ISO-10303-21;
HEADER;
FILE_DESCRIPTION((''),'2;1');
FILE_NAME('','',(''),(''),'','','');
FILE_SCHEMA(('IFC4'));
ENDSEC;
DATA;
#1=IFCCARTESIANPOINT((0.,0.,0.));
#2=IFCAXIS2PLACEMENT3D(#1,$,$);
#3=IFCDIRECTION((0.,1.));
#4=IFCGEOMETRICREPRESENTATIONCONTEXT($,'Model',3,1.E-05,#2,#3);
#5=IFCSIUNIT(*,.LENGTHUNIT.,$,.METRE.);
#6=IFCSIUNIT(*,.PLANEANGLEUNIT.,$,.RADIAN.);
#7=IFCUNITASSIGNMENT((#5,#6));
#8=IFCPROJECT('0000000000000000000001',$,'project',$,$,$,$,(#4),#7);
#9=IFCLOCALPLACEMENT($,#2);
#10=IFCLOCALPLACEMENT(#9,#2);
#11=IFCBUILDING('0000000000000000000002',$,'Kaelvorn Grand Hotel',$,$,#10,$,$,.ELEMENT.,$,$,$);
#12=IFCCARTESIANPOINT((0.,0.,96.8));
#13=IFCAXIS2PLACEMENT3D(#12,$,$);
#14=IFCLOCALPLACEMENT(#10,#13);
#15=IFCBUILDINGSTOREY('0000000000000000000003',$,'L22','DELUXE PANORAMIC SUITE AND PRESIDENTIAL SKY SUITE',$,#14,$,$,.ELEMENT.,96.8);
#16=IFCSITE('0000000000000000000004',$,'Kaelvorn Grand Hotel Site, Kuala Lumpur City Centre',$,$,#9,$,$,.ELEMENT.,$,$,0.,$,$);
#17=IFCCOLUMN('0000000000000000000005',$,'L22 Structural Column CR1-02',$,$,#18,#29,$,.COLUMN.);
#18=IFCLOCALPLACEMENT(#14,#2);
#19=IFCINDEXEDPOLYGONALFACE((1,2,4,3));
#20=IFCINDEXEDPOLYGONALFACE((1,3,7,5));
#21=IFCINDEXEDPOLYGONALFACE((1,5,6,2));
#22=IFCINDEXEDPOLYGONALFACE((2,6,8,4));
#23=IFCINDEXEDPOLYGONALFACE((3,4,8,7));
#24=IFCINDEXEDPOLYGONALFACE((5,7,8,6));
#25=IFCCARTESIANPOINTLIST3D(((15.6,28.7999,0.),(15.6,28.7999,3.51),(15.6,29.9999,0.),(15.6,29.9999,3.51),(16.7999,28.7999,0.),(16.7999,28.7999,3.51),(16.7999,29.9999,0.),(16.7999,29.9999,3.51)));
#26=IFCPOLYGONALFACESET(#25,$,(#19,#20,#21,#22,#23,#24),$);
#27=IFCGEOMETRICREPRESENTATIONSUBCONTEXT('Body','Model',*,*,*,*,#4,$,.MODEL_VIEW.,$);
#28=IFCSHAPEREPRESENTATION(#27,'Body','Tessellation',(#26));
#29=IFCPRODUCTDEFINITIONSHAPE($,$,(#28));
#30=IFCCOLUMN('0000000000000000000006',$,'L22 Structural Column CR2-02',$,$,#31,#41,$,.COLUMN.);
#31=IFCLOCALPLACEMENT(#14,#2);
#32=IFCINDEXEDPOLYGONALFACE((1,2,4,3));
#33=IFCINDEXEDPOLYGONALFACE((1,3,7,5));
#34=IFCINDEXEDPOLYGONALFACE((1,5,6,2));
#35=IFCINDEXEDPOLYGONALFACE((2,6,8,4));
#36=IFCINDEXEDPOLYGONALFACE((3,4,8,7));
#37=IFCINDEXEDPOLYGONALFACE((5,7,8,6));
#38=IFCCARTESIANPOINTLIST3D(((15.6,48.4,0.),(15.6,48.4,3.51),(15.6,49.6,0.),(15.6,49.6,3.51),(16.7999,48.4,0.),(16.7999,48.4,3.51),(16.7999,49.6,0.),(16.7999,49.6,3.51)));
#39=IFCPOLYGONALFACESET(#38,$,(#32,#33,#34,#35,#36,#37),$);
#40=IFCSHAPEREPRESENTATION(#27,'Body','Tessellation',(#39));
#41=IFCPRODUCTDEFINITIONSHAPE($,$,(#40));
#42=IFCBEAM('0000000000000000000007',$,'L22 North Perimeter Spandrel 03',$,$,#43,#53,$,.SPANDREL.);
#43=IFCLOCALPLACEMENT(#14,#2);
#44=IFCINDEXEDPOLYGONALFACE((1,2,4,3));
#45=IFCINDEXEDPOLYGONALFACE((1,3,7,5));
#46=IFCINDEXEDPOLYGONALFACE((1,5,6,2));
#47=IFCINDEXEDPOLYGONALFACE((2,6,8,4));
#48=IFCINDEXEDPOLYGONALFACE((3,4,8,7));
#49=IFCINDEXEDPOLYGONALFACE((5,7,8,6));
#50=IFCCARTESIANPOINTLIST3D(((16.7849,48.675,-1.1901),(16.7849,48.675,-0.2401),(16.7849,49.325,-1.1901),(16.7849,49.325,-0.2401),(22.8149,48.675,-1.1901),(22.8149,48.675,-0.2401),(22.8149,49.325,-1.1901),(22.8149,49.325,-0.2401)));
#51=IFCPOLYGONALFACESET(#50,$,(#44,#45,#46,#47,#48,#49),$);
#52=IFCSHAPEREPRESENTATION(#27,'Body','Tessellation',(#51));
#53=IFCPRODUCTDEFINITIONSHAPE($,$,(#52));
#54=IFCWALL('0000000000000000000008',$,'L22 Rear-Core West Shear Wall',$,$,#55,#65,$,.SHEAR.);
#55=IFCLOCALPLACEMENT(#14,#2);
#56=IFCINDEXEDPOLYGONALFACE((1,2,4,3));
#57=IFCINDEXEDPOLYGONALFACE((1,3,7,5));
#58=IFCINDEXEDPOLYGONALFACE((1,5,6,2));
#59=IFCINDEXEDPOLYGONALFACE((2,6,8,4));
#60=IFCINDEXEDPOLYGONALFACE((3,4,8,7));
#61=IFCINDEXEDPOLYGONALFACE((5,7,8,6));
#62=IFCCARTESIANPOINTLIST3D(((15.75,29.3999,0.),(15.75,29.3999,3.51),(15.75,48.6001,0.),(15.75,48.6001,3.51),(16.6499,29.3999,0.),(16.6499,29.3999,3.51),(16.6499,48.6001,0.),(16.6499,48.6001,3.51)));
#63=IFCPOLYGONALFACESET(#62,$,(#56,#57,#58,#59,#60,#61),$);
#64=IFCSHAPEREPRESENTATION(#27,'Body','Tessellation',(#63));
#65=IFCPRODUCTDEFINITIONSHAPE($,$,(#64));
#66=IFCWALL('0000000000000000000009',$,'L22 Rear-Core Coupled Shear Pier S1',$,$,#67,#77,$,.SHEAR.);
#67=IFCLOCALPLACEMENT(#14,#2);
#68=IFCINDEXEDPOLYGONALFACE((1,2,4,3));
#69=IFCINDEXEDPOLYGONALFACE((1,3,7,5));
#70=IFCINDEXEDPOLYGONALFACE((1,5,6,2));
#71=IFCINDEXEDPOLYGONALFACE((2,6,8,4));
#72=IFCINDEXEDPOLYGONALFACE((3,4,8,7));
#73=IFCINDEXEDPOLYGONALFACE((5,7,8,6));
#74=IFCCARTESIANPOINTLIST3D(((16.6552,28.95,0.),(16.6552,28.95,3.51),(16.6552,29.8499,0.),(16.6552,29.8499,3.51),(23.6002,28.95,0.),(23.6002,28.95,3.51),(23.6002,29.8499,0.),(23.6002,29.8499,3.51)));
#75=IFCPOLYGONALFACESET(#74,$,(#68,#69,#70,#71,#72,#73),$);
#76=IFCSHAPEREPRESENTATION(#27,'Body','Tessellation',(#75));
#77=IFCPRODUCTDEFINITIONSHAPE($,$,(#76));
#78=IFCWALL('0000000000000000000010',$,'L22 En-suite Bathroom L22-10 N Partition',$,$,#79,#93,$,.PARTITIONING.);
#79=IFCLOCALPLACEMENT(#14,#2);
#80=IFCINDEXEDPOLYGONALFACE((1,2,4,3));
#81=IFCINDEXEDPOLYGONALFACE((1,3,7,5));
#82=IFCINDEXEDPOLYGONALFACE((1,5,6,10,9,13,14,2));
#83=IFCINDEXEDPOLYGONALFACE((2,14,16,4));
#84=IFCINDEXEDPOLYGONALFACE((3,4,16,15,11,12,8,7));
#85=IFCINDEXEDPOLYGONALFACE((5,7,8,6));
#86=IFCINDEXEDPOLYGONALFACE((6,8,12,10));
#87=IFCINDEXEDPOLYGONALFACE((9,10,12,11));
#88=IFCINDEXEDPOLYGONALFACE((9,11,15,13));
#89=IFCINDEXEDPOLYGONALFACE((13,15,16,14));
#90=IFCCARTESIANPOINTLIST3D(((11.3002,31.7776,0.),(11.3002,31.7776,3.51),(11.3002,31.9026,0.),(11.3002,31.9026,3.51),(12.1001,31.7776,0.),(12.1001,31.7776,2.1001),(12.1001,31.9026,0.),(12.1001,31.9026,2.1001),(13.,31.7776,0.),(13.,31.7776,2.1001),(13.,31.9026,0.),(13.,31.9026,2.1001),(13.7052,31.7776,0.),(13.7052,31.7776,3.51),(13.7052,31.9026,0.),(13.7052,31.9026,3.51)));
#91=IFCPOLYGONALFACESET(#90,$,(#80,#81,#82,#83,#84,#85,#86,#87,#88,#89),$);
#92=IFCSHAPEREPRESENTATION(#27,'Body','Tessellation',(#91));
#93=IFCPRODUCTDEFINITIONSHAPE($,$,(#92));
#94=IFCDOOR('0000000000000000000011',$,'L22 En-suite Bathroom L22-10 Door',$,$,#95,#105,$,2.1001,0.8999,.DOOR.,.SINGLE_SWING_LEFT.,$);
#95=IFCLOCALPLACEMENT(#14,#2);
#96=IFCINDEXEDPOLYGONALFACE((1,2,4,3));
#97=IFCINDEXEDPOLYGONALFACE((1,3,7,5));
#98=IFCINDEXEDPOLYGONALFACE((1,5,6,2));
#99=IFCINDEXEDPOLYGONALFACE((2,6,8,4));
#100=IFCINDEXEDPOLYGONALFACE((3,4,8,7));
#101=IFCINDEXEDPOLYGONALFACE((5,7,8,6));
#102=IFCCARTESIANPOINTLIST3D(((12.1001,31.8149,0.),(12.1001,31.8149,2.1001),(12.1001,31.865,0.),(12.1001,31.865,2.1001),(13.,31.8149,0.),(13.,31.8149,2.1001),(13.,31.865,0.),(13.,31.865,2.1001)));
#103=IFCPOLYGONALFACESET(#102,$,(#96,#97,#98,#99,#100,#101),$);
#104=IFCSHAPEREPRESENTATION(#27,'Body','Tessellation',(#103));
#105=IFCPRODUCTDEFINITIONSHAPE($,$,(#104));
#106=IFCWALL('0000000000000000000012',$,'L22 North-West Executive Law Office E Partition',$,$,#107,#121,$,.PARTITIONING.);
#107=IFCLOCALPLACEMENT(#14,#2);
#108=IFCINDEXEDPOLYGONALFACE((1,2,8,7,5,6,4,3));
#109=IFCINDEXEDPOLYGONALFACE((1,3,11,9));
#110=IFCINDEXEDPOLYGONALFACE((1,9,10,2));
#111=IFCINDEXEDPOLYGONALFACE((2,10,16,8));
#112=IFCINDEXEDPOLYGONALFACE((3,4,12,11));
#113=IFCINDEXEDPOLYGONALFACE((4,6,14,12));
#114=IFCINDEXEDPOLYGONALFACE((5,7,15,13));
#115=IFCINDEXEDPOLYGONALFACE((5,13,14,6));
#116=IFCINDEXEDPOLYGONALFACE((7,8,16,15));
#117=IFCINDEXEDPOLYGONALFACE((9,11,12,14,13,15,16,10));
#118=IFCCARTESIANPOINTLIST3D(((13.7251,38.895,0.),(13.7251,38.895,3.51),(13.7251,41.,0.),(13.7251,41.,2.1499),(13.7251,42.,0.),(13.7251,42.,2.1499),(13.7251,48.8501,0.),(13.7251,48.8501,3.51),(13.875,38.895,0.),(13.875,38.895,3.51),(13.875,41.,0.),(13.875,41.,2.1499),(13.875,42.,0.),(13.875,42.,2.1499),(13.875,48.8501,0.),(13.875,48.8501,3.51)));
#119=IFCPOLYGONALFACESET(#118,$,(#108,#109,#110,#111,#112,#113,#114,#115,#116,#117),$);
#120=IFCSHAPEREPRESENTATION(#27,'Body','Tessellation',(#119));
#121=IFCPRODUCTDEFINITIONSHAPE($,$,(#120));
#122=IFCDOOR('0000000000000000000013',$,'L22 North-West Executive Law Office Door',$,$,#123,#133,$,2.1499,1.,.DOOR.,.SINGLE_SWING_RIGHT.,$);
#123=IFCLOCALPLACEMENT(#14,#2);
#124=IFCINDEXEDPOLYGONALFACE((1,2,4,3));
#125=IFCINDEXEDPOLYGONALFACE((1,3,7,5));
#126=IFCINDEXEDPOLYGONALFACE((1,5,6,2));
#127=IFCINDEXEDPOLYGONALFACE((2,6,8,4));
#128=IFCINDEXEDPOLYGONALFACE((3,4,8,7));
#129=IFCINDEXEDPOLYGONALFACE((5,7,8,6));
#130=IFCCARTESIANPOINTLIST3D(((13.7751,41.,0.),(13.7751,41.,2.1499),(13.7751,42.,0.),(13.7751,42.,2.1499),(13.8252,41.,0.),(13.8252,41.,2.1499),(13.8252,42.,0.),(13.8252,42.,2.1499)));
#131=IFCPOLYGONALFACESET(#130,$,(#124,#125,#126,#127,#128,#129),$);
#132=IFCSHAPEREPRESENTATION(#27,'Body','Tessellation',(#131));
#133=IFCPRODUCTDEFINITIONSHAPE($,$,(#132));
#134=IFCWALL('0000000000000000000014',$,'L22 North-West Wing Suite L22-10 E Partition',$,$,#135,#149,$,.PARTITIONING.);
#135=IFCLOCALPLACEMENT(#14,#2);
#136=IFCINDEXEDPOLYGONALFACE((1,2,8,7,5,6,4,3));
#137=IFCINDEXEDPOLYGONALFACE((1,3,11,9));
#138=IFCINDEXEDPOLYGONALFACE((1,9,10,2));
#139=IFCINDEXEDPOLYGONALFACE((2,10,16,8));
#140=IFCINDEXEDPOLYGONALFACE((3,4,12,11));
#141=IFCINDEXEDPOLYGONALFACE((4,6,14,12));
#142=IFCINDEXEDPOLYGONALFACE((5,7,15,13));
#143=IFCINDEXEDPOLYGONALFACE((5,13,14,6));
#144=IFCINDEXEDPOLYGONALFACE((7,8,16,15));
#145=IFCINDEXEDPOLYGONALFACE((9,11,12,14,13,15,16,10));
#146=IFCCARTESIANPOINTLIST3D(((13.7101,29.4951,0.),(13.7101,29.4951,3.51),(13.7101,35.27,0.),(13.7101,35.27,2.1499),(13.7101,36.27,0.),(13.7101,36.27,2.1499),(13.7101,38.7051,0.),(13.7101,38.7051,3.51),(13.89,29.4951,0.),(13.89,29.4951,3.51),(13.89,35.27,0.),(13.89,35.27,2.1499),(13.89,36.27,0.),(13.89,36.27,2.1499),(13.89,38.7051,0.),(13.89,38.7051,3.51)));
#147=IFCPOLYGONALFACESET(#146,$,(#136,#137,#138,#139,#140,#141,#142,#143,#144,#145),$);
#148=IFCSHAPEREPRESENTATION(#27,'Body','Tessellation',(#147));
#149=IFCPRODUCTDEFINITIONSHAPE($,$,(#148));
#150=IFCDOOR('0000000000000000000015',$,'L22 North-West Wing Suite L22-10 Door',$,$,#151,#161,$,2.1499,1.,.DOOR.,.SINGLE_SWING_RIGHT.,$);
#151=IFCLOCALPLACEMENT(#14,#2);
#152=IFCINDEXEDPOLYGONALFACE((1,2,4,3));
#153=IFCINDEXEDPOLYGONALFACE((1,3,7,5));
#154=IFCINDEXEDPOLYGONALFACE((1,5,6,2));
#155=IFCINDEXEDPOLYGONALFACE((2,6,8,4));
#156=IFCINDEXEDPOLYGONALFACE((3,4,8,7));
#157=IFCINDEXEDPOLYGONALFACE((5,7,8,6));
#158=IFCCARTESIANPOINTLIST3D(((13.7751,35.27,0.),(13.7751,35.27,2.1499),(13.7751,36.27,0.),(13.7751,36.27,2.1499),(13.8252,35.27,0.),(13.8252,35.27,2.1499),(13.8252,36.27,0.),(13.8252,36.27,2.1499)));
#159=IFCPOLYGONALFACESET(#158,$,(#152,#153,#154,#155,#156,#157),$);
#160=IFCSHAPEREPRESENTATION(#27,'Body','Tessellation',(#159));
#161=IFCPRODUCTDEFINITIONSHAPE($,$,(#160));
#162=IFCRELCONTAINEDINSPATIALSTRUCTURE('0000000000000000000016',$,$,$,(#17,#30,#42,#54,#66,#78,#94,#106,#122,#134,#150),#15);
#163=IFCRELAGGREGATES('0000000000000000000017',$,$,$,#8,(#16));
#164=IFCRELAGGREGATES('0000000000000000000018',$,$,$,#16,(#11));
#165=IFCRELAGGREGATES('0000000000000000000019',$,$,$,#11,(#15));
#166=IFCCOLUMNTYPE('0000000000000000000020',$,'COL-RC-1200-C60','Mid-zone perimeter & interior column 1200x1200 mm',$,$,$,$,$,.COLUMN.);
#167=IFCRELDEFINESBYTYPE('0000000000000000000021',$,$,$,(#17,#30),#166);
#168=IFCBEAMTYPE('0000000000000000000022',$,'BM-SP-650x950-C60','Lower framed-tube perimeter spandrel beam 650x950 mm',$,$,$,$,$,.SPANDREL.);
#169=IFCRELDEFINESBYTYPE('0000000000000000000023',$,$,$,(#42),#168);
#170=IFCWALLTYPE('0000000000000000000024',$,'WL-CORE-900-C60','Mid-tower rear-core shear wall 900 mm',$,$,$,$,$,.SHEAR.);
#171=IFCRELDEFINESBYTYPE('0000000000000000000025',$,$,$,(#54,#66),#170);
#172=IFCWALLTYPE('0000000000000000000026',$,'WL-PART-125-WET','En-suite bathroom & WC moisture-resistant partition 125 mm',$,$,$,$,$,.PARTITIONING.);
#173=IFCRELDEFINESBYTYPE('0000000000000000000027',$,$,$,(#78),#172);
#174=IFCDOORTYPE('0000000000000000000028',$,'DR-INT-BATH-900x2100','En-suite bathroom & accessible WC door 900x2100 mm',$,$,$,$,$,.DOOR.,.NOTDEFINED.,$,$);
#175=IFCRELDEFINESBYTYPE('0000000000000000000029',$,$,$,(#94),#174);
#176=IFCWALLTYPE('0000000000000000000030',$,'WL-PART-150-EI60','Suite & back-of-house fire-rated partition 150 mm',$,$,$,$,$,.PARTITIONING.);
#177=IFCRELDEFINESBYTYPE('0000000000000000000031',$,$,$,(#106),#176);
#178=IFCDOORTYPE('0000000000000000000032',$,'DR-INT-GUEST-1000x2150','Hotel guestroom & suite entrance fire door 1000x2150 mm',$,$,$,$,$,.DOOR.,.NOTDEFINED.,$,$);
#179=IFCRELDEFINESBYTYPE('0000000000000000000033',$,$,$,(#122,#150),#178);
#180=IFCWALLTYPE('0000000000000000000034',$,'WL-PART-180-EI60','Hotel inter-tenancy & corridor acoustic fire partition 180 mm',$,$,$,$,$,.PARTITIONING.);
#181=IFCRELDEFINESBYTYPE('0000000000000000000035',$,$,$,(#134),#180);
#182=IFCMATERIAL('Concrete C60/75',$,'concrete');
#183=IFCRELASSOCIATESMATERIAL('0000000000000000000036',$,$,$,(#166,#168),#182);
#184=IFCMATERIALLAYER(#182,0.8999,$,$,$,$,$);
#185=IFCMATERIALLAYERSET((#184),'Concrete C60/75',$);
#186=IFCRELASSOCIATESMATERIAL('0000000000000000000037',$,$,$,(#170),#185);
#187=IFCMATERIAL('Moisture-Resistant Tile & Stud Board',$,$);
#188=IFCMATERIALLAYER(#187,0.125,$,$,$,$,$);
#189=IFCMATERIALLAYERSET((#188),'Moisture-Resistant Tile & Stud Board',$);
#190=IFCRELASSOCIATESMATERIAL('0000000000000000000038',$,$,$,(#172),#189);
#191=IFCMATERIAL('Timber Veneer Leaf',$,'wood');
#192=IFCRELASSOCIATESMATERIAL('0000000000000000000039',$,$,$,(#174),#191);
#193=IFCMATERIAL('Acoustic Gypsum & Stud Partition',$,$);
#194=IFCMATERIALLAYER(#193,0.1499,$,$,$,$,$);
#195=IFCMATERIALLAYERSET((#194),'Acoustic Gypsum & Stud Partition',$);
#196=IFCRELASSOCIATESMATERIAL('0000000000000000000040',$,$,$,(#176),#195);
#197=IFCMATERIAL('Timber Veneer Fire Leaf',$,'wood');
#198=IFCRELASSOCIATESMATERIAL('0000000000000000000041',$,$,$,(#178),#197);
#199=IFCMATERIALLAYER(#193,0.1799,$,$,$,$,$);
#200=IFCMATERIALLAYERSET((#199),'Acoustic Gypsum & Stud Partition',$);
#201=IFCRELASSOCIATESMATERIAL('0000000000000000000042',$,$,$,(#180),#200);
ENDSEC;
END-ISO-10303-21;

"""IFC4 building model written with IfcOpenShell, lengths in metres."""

from ifc_helpers import new_model, si_unit, direction, frame, frame_2d, origin, origin_2d, place, context, subcontext, project, spatial, rectangle, extrude, material, layer, layer_set, material_profile, profile_set, type_object, element, fill, save


model = new_model("IFC4")

# Units and contexts
model_context = context("Model", 3, precision=1e-05, world=origin(), true_north=direction((0.0, 1.0)))
body_context = subcontext(model_context, "Body", "Model", "MODEL_VIEW")
ifc_project = project(units=[si_unit("LENGTHUNIT", "METRE"), si_unit("PLANEANGLEUNIT", "RADIAN")], contexts=[model_context])

# Site, building, storey
site_placement = place(None, origin())
site = spatial("IfcSite", under=ifc_project, at=site_placement, Name="Kaelvorn Grand Hotel Site, Kuala Lumpur City Centre", CompositionType="ELEMENT", RefElevation=0.0)
building_placement = place(site_placement, origin())
building = spatial("IfcBuilding", under=site, at=building_placement, Name="Kaelvorn Grand Hotel", CompositionType="ELEMENT")
storey_placement = place(building_placement, frame((0.0, 0.0, 96.8)))
storey = spatial("IfcBuildingStorey", under=building, at=storey_placement, Name="L22", Description="DELUXE PANORAMIC SUITE AND PRESIDENTIAL SKY SUITE", CompositionType="ELEMENT", Elevation=96.8)

# Columns
ifc_material_1 = material(Name="Concrete C60/75", Category="concrete")
ifc_material_profile_1 = material_profile(ifc_material_1, rectangle(XDim=1.2, YDim=1.2, at=origin_2d()), Name="RC COL 1200x1200")
ifc_profile_set_1 = profile_set([ifc_material_profile_1], Name="Concrete C60/75")
column_type = type_object("IfcColumnType", Name="COL-RC-1200-C60", Description="Mid-zone perimeter & interior column 1200x1200 mm", PredefinedType="COLUMN", material=ifc_profile_set_1)
for number, where, z_axis, x_axis, name in (
    (1, (16.2, 29.3999, 0.0), (0.0, 0.0, 1.0), (1.0, 0.0, 0.0), "L22 Structural Column CR1-02"),
    (2, (16.2, 49.0, 0.0), (0.0, 0.0, 1.0), (1.0, 0.0, 0.0), "L22 Structural Column CR2-02"),
):
    element("IfcColumn", number, at=place(storey_placement, frame(where, z_axis=z_axis, x_axis=x_axis)), inside=storey, type_object=column_type, Name=name, PredefinedType="COLUMN", context=body_context, shape_type="SweptSolid", body=[
        extrude(rectangle(XDim=1.2, YDim=1.2, at=origin_2d()), origin(), (0.0, 0.0, 1.0), 3.51),
    ])

# Beam
ifc_material_profile_2 = material_profile(ifc_material_1, rectangle(XDim=0.6499, YDim=0.95, at=origin_2d()), Name="RC SPANDREL 650x950")
ifc_profile_set_2 = profile_set([ifc_material_profile_2], Name="Concrete C60/75")
beam_type = type_object("IfcBeamType", Name="BM-SP-650x950-C60", Description="Lower framed-tube perimeter spandrel beam 650x950 mm", PredefinedType="SPANDREL", material=ifc_profile_set_2)
beam_placement = place(storey_placement, frame((16.7849, 49.0, -0.7151), z_axis=(1.0, 0.0, 0.0), x_axis=(0.0, 1.0, 0.0)))
element("IfcBeam", 3, at=beam_placement, inside=storey, type_object=beam_type, Name="L22 North Perimeter Spandrel 03", PredefinedType="SPANDREL", context=body_context, shape_type="SweptSolid", body=[
    extrude(rectangle(XDim=0.6499, YDim=0.95, at=origin_2d()), origin(), (0.0, 0.0, 1.0), 6.03),
])

# Walls
ifc_layer_1 = layer(ifc_material_1, 0.8999)
ifc_layer_set_1 = layer_set([ifc_layer_1], Name="Concrete C60/75")
wall_type_1 = type_object("IfcWallType", Name="WL-CORE-900-C60", Description="Mid-tower rear-core shear wall 900 mm", PredefinedType="SHEAR", material=ifc_layer_set_1)
wall_1_placement = place(storey_placement, frame((16.2, 29.3999, 0.0), z_axis=(0.0, 0.0, 1.0), x_axis=(0.0, 1.0, 0.0)))
element("IfcWall", 4, at=wall_1_placement, inside=storey, type_object=wall_type_1, Name="L22 Rear-Core West Shear Wall", PredefinedType="SHEAR", context=body_context, shape_type="SweptSolid", body=[
    extrude(rectangle(XDim=19.2002, YDim=0.8999, at=frame_2d((9.6001, 0.0))), origin(), (0.0, 0.0, 1.0), 3.51),
])
wall_2_placement = place(storey_placement, frame((16.655, 29.3999, 0.0), z_axis=(0.0, 0.0, 1.0), x_axis=(1.0, 0.0, 0.0)))
element("IfcWall", 5, at=wall_2_placement, inside=storey, type_object=wall_type_1, Name="L22 Rear-Core Coupled Shear Pier S1", PredefinedType="SHEAR", context=body_context, shape_type="SweptSolid", body=[
    extrude(rectangle(XDim=6.9451, YDim=0.8999, at=frame_2d((3.4727, 0.0))), origin(), (0.0, 0.0, 1.0), 3.51),
])

# Walls, openings, doors
ifc_material_2 = material(Name="Moisture-Resistant Tile & Stud Board")
ifc_layer_2 = layer(ifc_material_2, 0.125)
ifc_layer_set_2 = layer_set([ifc_layer_2], Name="Moisture-Resistant Tile & Stud Board")
wall_type_2 = type_object("IfcWallType", Name="WL-PART-125-WET", Description="En-suite bathroom & WC moisture-resistant partition 125 mm", PredefinedType="PARTITIONING", material=ifc_layer_set_2)
wall_3_placement = place(storey_placement, frame((11.3, 31.8401, 0.0), z_axis=(0.0, 0.0, 1.0), x_axis=(1.0, 0.0, 0.0)))
wall_3 = element("IfcWall", 6, at=wall_3_placement, inside=storey, type_object=wall_type_2, Name="L22 En-suite Bathroom L22-10 N Partition", PredefinedType="PARTITIONING", context=body_context, shape_type="SweptSolid", body=[
    extrude(rectangle(XDim=2.405, YDim=0.125, at=frame_2d((1.2026, 0.0))), origin(), (0.0, 0.0, 1.0), 3.51),
])
opening_1_placement = place(wall_3_placement, frame((0.8, 0.0, 0.0)))
opening_1 = element("IfcOpeningElement", 7, at=opening_1_placement, cuts=wall_3, PredefinedType="OPENING", context=body_context, shape_type="SweptSolid", body=[
    extrude(rectangle(XDim=0.8999, YDim=2.1001, at=frame_2d((0.45, 1.05))), frame((0.0, 0.0725, 0.0), z_axis=(0.0, -1.0, 0.0), x_axis=(1.0, 0.0, 0.0)), (0.0, 0.0, 1.0), 0.145),
])
ifc_material_3 = material(Name="Timber Veneer Leaf", Category="wood")
door_type_1 = type_object("IfcDoorType", Name="DR-INT-BATH-900x2100", Description="En-suite bathroom & accessible WC door 900x2100 mm", OperationType="NOTDEFINED", PredefinedType="DOOR", material=ifc_material_3)
door_1_placement = place(opening_1_placement, origin())
door_1 = element("IfcDoor", 8, at=door_1_placement, inside=storey, type_object=door_type_1, Name="L22 En-suite Bathroom L22-10 Door", OperationType="SINGLE_SWING_LEFT", OverallHeight=2.1001, OverallWidth=0.8999, PredefinedType="DOOR", context=body_context, shape_type="SweptSolid", body=[
    extrude(rectangle(XDim=0.8999, YDim=2.1001, at=frame_2d((0.45, 1.05))), frame((0.0, 0.0249, 0.0), z_axis=(0.0, -1.0, 0.0), x_axis=(1.0, 0.0, 0.0)), (0.0, 0.0, 1.0), 0.05),
])
fill(opening_1, door_1)
ifc_material_4 = material(Name="Acoustic Gypsum & Stud Partition")
ifc_layer_3 = layer(ifc_material_4, 0.1499)
ifc_layer_set_3 = layer_set([ifc_layer_3], Name="Acoustic Gypsum & Stud Partition")
wall_type_3 = type_object("IfcWallType", Name="WL-PART-150-EI60", Description="Suite & back-of-house fire-rated partition 150 mm", PredefinedType="PARTITIONING", material=ifc_layer_set_3)
wall_4_placement = place(storey_placement, frame((13.8, 38.895, 0.0), z_axis=(0.0, 0.0, 1.0), x_axis=(0.0, 1.0, 0.0)))
wall_4 = element("IfcWall", 9, at=wall_4_placement, inside=storey, type_object=wall_type_3, Name="L22 North-West Executive Law Office E Partition", PredefinedType="PARTITIONING", context=body_context, shape_type="SweptSolid", body=[
    extrude(rectangle(XDim=9.9551, YDim=0.1499, at=frame_2d((4.9775, 0.0))), origin(), (0.0, 0.0, 1.0), 3.51),
])
opening_2_placement = place(wall_4_placement, frame((2.105, 0.0, 0.0)))
opening_2 = element("IfcOpeningElement", 10, at=opening_2_placement, cuts=wall_4, PredefinedType="OPENING", context=body_context, shape_type="SweptSolid", body=[
    extrude(rectangle(XDim=1.0, YDim=2.1499, at=frame_2d((0.5, 1.075))), frame((0.0, 0.085, 0.0), z_axis=(0.0, -1.0, 0.0), x_axis=(1.0, 0.0, 0.0)), (0.0, 0.0, 1.0), 0.1699),
])
ifc_material_5 = material(Name="Timber Veneer Fire Leaf", Category="wood")
door_type_2 = type_object("IfcDoorType", Name="DR-INT-GUEST-1000x2150", Description="Hotel guestroom & suite entrance fire door 1000x2150 mm", OperationType="NOTDEFINED", PredefinedType="DOOR", material=ifc_material_5)
door_2_placement = place(opening_2_placement, origin())
door_2 = element("IfcDoor", 11, at=door_2_placement, inside=storey, type_object=door_type_2, Name="L22 North-West Executive Law Office Door", OperationType="SINGLE_SWING_RIGHT", OverallHeight=2.1499, OverallWidth=1.0, PredefinedType="DOOR", context=body_context, shape_type="SweptSolid", body=[
    extrude(rectangle(XDim=1.0, YDim=2.1499, at=frame_2d((0.5, 1.075))), frame((0.0, 0.0249, 0.0), z_axis=(0.0, -1.0, 0.0), x_axis=(1.0, 0.0, 0.0)), (0.0, 0.0, 1.0), 0.05),
])
fill(opening_2, door_2)
ifc_layer_4 = layer(ifc_material_4, 0.1799)
ifc_layer_set_4 = layer_set([ifc_layer_4], Name="Acoustic Gypsum & Stud Partition")
wall_type_4 = type_object("IfcWallType", Name="WL-PART-180-EI60", Description="Hotel inter-tenancy & corridor acoustic fire partition 180 mm", PredefinedType="PARTITIONING", material=ifc_layer_set_4)
wall_5_placement = place(storey_placement, frame((13.8, 29.4951, 0.0), z_axis=(0.0, 0.0, 1.0), x_axis=(0.0, 1.0, 0.0)))
wall_5 = element("IfcWall", 12, at=wall_5_placement, inside=storey, type_object=wall_type_4, Name="L22 North-West Wing Suite L22-10 E Partition", PredefinedType="PARTITIONING", context=body_context, shape_type="SweptSolid", body=[
    extrude(rectangle(XDim=9.21, YDim=0.1799, at=frame_2d((4.605, 0.0))), origin(), (0.0, 0.0, 1.0), 3.51),
])
opening_3_placement = place(wall_5_placement, frame((5.7749, 0.0, 0.0)))
opening_3 = element("IfcOpeningElement", 13, at=opening_3_placement, cuts=wall_5, PredefinedType="OPENING", context=body_context, shape_type="SweptSolid", body=[
    extrude(rectangle(XDim=1.0, YDim=2.1499, at=frame_2d((0.5, 1.075))), frame((0.0, 0.1001, 0.0), z_axis=(0.0, -1.0, 0.0), x_axis=(1.0, 0.0, 0.0)), (0.0, 0.0, 1.0), 0.2),
])
door_3_placement = place(opening_3_placement, origin())
door_3 = element("IfcDoor", 14, at=door_3_placement, inside=storey, type_object=door_type_2, Name="L22 North-West Wing Suite L22-10 Door", OperationType="SINGLE_SWING_RIGHT", OverallHeight=2.1499, OverallWidth=1.0, PredefinedType="DOOR", context=body_context, shape_type="SweptSolid", body=[
    extrude(rectangle(XDim=1.0, YDim=2.1499, at=frame_2d((0.5, 1.075))), frame((0.0, 0.0249, 0.0), z_axis=(0.0, -1.0, 0.0), x_axis=(1.0, 0.0, 0.0)), (0.0, 0.0, 1.0), 0.05),
])
fill(opening_3, door_3)

save(model, "model.ifc")
